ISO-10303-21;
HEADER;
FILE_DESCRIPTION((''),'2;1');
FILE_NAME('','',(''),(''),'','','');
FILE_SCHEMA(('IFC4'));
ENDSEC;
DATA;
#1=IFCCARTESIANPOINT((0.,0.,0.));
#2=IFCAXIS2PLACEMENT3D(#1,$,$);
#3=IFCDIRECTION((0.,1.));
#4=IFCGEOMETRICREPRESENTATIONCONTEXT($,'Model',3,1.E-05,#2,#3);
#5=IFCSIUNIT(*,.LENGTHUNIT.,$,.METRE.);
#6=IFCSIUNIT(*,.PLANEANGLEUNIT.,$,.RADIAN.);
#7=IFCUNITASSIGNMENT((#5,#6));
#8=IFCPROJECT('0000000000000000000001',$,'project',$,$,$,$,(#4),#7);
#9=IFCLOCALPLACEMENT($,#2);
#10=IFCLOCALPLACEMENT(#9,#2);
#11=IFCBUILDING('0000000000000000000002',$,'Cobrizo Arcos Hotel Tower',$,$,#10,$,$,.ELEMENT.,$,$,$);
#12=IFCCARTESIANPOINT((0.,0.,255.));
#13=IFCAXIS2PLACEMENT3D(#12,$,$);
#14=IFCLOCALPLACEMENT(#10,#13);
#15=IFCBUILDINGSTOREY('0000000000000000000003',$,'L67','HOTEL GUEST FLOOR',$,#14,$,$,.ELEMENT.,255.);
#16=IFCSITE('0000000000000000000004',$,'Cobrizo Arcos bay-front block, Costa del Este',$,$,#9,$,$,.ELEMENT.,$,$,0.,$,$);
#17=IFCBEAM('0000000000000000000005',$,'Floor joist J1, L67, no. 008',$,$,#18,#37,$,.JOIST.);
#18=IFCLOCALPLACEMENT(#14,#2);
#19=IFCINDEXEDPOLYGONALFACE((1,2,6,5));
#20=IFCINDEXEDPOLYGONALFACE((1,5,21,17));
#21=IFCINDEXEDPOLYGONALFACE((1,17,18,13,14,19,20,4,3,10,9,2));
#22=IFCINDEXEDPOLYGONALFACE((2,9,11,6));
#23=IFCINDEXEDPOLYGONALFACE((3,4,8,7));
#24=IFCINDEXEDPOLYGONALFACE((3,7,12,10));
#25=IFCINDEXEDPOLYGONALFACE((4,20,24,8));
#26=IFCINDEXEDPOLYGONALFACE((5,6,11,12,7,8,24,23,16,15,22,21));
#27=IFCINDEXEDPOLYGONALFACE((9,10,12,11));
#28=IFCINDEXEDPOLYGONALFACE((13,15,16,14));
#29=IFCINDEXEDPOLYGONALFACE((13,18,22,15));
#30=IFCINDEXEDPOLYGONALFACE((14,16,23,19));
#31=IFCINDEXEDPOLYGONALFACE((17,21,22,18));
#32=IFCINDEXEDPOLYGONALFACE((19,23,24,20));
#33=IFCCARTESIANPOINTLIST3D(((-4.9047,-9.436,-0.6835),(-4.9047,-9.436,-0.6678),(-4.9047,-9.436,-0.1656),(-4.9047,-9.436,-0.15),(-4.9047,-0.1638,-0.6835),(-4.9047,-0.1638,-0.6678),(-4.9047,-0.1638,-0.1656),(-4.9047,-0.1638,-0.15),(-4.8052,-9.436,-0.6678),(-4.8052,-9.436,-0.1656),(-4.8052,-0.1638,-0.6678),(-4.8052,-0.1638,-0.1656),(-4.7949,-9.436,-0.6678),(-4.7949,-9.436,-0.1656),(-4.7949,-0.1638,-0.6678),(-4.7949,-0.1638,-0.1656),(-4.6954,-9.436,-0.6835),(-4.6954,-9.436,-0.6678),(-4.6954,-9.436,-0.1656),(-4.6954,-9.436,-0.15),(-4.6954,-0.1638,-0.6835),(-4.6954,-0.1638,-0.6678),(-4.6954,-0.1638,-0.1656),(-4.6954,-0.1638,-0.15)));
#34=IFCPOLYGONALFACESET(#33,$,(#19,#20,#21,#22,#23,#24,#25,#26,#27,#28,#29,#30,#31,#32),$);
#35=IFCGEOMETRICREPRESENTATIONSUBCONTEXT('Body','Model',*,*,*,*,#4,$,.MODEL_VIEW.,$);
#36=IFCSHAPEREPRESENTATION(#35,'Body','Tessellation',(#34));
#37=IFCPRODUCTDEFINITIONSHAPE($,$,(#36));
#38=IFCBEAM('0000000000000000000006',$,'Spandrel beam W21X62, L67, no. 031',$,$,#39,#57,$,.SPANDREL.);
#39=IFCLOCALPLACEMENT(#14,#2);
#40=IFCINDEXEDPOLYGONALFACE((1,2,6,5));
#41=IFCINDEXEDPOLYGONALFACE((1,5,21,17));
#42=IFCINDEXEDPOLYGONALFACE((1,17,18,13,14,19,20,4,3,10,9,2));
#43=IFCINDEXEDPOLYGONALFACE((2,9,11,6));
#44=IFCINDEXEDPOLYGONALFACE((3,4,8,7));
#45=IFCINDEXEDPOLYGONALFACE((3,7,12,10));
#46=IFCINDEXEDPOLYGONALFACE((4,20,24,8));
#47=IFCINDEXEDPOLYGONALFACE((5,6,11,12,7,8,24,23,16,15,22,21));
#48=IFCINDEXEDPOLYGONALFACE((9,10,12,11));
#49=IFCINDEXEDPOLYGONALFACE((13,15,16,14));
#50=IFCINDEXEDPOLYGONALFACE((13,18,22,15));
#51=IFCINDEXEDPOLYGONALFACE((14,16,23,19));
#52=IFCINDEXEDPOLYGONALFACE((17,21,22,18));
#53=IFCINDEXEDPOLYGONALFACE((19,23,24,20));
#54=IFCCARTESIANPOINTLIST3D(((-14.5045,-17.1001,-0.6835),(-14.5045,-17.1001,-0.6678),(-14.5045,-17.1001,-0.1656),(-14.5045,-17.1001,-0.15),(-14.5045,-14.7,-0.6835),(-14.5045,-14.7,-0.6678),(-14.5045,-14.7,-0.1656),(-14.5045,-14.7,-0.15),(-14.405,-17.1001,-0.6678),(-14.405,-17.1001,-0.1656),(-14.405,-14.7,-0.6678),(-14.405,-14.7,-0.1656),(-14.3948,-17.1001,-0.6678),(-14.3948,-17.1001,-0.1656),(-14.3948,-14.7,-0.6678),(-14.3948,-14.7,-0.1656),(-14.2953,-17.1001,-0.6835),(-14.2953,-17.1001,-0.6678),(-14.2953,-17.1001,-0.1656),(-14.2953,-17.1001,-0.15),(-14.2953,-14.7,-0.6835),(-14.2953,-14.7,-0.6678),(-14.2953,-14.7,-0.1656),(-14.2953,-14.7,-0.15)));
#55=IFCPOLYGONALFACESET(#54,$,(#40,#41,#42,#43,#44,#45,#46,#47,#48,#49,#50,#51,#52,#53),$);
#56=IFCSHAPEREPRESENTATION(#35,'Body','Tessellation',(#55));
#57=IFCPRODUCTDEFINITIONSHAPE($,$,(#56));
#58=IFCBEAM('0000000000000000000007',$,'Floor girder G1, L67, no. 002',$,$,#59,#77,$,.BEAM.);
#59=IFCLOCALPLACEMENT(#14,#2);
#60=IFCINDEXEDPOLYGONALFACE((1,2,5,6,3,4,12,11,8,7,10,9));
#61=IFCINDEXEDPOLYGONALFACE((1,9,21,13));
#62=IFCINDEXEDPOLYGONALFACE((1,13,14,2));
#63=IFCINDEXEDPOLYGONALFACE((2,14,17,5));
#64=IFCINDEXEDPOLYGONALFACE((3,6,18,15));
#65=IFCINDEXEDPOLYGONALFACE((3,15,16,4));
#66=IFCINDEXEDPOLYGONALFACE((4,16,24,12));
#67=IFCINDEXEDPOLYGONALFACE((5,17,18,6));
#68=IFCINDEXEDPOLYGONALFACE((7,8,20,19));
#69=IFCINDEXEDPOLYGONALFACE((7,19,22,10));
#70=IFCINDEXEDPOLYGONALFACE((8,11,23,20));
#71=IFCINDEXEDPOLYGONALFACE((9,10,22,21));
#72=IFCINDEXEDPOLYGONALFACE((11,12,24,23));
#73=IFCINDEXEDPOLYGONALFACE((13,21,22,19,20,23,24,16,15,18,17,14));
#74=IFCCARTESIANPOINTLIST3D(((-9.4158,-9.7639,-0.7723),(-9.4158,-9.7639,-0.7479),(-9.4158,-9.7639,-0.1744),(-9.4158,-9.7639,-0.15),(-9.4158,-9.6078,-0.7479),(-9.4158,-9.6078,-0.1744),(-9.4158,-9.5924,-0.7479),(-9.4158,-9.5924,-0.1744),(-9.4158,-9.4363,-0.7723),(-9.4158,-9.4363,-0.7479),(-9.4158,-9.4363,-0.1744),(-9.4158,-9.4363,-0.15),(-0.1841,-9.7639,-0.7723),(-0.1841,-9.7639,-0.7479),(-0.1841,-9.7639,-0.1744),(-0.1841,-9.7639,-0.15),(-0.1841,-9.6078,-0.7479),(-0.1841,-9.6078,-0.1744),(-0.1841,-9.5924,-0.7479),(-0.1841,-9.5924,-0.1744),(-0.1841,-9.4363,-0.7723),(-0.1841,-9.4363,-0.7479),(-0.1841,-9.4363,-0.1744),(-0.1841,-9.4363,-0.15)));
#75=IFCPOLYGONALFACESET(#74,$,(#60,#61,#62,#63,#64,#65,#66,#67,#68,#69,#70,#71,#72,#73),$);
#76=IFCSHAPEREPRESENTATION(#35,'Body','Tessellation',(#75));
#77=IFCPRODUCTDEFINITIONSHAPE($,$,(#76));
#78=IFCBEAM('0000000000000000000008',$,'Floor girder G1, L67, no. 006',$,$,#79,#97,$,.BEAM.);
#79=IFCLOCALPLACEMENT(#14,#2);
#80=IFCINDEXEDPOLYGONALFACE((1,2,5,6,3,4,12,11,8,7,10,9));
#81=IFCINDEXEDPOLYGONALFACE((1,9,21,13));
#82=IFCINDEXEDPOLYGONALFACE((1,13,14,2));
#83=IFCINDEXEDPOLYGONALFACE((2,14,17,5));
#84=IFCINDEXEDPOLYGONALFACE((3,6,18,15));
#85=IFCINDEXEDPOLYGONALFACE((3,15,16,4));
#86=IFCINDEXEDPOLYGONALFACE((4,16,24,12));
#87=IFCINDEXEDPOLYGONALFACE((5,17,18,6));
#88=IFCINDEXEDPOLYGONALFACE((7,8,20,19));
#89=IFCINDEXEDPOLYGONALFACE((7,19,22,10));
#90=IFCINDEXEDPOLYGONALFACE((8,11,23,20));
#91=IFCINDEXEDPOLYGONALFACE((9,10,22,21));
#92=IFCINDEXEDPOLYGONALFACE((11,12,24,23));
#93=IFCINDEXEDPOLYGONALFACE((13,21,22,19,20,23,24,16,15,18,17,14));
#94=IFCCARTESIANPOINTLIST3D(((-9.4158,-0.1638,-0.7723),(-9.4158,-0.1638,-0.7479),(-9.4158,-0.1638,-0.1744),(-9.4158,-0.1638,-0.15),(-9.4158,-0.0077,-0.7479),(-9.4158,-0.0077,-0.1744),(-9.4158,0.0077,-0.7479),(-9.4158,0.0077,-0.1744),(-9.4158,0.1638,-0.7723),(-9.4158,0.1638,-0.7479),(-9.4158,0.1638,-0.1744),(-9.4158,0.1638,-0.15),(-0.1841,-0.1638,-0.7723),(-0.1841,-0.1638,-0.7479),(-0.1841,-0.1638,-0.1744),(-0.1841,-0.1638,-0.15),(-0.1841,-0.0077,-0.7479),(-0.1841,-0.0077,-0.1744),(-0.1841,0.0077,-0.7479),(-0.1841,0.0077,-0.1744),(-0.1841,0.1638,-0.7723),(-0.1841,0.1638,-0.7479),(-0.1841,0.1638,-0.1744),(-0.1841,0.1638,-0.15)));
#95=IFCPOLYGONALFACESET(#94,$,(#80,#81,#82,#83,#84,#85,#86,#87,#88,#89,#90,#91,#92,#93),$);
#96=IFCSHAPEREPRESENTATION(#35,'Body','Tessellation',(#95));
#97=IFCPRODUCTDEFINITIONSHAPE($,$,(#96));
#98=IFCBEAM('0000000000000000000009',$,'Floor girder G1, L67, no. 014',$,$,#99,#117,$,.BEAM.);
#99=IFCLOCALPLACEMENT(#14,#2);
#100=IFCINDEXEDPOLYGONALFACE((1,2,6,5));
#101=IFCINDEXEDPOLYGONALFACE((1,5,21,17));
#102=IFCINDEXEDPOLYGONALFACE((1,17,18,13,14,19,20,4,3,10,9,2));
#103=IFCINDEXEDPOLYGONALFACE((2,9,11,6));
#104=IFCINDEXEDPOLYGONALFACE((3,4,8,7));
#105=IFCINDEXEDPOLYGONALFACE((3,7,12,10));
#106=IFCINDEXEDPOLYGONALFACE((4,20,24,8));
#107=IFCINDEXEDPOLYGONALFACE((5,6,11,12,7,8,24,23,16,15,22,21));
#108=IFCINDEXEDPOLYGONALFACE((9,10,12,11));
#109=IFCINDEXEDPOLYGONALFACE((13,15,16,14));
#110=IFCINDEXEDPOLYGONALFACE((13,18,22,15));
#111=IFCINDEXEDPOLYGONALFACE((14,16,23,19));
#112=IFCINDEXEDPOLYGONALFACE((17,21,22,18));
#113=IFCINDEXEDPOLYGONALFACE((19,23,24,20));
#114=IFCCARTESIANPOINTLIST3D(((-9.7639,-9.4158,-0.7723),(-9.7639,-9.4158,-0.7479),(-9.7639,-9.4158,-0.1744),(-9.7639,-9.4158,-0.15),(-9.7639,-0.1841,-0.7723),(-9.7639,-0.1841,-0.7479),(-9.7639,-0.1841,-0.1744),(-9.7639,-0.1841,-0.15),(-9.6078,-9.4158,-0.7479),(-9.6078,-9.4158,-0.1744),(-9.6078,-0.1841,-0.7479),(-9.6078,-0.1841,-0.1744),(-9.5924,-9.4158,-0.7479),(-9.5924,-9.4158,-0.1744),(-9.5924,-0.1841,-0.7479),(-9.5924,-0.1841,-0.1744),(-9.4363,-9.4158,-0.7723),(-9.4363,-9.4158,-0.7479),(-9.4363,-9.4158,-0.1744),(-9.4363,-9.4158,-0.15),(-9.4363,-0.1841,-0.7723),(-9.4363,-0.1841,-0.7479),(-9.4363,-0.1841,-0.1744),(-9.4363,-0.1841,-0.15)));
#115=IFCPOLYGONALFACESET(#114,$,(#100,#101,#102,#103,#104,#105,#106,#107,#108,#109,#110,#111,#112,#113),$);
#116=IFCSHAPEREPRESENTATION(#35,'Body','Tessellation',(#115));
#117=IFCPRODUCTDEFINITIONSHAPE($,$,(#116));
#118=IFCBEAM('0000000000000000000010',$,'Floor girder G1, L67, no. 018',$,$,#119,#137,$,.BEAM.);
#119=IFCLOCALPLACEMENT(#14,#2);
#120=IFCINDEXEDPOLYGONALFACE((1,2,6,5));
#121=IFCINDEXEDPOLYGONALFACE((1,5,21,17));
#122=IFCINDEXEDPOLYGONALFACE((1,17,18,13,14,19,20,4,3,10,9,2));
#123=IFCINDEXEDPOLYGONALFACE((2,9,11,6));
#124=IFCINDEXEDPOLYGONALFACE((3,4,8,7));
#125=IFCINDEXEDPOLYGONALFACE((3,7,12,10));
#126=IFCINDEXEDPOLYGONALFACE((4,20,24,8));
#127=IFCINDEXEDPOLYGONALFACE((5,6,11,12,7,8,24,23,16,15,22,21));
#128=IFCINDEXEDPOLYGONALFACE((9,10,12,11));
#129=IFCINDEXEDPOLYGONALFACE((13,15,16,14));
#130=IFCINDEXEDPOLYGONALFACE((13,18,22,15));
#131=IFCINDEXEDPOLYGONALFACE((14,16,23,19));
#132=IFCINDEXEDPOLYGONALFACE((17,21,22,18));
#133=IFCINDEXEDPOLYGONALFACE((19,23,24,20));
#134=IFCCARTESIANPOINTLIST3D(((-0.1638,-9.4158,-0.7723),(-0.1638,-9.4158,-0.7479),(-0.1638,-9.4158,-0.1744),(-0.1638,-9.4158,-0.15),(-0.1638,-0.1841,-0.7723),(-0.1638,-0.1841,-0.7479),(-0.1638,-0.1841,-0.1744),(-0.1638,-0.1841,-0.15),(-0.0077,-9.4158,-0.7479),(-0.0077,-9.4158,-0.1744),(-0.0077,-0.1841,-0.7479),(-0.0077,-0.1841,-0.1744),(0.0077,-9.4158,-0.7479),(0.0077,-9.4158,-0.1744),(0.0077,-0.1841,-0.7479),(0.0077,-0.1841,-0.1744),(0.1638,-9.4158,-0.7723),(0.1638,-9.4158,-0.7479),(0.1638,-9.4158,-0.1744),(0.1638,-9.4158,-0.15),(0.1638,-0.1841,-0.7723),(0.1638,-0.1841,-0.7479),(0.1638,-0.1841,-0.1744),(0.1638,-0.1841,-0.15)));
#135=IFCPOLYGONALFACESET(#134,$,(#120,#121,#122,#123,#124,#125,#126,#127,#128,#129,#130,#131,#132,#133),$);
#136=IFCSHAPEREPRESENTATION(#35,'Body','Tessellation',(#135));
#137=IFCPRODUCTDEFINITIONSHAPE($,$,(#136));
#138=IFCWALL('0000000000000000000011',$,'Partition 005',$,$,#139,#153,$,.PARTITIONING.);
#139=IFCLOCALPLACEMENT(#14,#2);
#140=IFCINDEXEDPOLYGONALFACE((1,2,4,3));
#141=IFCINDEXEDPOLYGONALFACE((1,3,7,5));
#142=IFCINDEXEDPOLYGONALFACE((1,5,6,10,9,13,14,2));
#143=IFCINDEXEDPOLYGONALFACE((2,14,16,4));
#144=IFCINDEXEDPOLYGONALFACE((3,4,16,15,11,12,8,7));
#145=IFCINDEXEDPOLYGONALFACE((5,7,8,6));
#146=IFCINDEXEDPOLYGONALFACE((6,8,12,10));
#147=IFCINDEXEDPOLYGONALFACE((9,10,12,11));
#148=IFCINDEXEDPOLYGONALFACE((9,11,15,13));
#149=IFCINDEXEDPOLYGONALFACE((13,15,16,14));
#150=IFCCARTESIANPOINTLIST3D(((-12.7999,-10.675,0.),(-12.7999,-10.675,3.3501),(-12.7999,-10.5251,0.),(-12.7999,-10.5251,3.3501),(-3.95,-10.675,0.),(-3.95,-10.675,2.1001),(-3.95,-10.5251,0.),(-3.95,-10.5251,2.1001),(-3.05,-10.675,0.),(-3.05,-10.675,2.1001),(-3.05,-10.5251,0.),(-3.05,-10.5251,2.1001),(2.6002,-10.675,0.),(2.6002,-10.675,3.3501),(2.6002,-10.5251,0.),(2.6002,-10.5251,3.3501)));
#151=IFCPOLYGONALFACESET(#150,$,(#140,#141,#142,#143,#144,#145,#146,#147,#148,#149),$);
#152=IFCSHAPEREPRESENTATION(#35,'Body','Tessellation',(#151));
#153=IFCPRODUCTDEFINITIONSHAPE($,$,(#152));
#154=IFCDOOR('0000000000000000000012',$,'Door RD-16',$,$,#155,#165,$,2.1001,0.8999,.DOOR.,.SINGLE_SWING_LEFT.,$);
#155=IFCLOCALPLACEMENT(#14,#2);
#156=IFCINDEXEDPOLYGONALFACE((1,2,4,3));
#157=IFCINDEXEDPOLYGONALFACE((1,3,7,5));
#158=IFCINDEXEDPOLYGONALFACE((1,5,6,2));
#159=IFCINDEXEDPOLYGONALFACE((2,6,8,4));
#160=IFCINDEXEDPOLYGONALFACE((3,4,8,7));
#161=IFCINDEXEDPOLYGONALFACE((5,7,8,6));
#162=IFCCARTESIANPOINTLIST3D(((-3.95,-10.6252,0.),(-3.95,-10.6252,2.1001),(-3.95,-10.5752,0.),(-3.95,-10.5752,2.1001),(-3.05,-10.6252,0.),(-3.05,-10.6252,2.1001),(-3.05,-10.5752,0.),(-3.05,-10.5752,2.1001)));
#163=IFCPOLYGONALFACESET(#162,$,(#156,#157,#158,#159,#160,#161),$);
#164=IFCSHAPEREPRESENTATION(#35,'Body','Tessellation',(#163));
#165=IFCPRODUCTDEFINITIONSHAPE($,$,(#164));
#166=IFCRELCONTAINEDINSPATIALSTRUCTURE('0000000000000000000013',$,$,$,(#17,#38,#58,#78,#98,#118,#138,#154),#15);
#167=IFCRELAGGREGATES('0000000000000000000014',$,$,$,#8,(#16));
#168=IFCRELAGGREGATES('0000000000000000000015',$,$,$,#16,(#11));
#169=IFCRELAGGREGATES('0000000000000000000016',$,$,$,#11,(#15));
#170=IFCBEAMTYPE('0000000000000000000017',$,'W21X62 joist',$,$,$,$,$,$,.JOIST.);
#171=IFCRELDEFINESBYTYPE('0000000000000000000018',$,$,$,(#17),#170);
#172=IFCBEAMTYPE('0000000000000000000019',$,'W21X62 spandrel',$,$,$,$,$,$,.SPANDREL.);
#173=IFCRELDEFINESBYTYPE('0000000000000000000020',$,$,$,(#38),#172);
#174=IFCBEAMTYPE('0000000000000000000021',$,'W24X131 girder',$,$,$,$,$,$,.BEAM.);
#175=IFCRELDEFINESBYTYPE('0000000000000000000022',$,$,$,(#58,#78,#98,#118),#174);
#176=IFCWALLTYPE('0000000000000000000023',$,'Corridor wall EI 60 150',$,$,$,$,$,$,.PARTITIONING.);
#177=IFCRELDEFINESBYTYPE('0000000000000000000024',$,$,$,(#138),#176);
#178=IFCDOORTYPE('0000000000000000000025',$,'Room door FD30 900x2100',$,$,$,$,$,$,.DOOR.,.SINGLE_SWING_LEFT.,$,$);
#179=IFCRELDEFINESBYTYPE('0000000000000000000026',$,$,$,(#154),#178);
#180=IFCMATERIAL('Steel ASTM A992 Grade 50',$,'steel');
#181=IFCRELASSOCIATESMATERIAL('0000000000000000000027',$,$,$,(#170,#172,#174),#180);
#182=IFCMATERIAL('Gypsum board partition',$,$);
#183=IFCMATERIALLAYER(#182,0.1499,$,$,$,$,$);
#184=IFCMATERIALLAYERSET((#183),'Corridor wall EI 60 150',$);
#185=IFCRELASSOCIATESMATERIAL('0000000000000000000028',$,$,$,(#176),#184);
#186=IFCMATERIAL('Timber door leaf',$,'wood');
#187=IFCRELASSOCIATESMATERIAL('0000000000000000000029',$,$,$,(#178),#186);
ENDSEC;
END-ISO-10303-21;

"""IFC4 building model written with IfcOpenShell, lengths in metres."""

from ifc_helpers import new_model, si_unit, direction, frame, frame_2d, origin, origin_2d, place, context, subcontext, project, spatial, rectangle, i_section, extrude, material, layer, layer_set, material_profile, profile_set, type_object, element, fill, save


model = new_model("IFC4")

# Units and contexts
model_context = context("Model", 3, precision=1e-05, world=origin(), true_north=direction((0.0, 1.0)))
body_context = subcontext(model_context, "Body", "Model", "MODEL_VIEW")
ifc_project = project(units=[si_unit("LENGTHUNIT", "METRE"), si_unit("PLANEANGLEUNIT", "RADIAN")], contexts=[model_context])

# Site, building, storey
site_placement = place(None, origin())
site = spatial("IfcSite", under=ifc_project, at=site_placement, Name="Cobrizo Arcos bay-front block, Costa del Este", CompositionType="ELEMENT", RefElevation=0.0)
building_placement = place(site_placement, origin())
building = spatial("IfcBuilding", under=site, at=building_placement, Name="Cobrizo Arcos Hotel Tower", CompositionType="ELEMENT")
storey_placement = place(building_placement, frame((0.0, 0.0, 255.0)))
storey = spatial("IfcBuildingStorey", under=building, at=storey_placement, Name="L67", Description="HOTEL GUEST FLOOR", CompositionType="ELEMENT", Elevation=255.0)

# Shared definitions
ifc_material_1 = material(Name="Steel ASTM A992 Grade 50", Category="steel")

# Beams
ifc_material_profile_1 = material_profile(ifc_material_1, i_section(OverallWidth=0.2092, OverallDepth=0.5334, WebThickness=0.0103, FlangeThickness=0.0156, at=origin_2d()), Name="W21X62")
ifc_profile_set_1 = profile_set([ifc_material_profile_1], Name="Steel ASTM A992 Grade 50")
beam_type_1 = type_object("IfcBeamType", Name="W21X62 joist", PredefinedType="JOIST", material=ifc_profile_set_1)
for number, where, z_axis, x_axis, name in (
    (1, (-4.8, -9.436, -0.4167), (0.0, 1.0, 0.0), (-1.0, 0.0, 0.0), "Floor joist J1, L67, no. 008"),
):
    element("IfcBeam", number, at=place(storey_placement, frame(where, z_axis=z_axis, x_axis=x_axis)), inside=storey, type_object=beam_type_1, Name=name, PredefinedType="JOIST", context=body_context, shape_type="SweptSolid", body=[
        extrude(i_section(OverallWidth=0.2092, OverallDepth=0.5334, WebThickness=0.0103, FlangeThickness=0.0156, at=origin_2d()), origin(), (0.0, 0.0, 1.0), 9.2722),
    ])
ifc_material_profile_2 = material_profile(ifc_material_1, i_section(OverallWidth=0.2092, OverallDepth=0.5334, WebThickness=0.0103, FlangeThickness=0.0156, at=origin_2d()), Name="W21X62")
ifc_profile_set_2 = profile_set([ifc_material_profile_2], Name="Steel ASTM A992 Grade 50")
beam_type_2 = type_object("IfcBeamType", Name="W21X62 spandrel", PredefinedType="SPANDREL", material=ifc_profile_set_2)
beam_1_placement = place(storey_placement, frame((-14.3999, -14.7, -0.4167), z_axis=(0.0, -1.0, 0.0), x_axis=(1.0, 0.0, 0.0)))
element("IfcBeam", 2, at=beam_1_placement, inside=storey, type_object=beam_type_2, Name="Spandrel beam W21X62, L67, no. 031", PredefinedType="SPANDREL", context=body_context, shape_type="SweptSolid", body=[
    extrude(i_section(OverallWidth=0.2092, OverallDepth=0.5334, WebThickness=0.0103, FlangeThickness=0.0156, at=origin_2d()), origin(), (0.0, 0.0, 1.0), 2.4001),
])
ifc_material_profile_3 = material_profile(ifc_material_1, i_section(OverallWidth=0.3276, OverallDepth=0.6223, WebThickness=0.0154, FlangeThickness=0.0244, at=origin_2d()), Name="W24X131")
ifc_profile_set_3 = profile_set([ifc_material_profile_3], Name="Steel ASTM A992 Grade 50")
beam_type_3 = type_object("IfcBeamType", Name="W24X131 girder", PredefinedType="BEAM", material=ifc_profile_set_3)
for number, where, z_axis, x_axis, name in (
    (3, (-9.4158, -9.6001, -0.4612), (1.0, 0.0, 0.0), (0.0, 1.0, 0.0), "Floor girder G1, L67, no. 002"),
    (4, (-9.4158, 0.0, -0.4612), (1.0, 0.0, 0.0), (0.0, 1.0, 0.0), "Floor girder G1, L67, no. 006"),
    (5, (-9.6001, -9.4158, -0.4612), (0.0, 1.0, 0.0), (-1.0, 0.0, 0.0), "Floor girder G1, L67, no. 014"),
    (6, (0.0, -9.4158, -0.4612), (0.0, 1.0, 0.0), (-1.0, 0.0, 0.0), "Floor girder G1, L67, no. 018"),
):
    element("IfcBeam", number, at=place(storey_placement, frame(where, z_axis=z_axis, x_axis=x_axis)), inside=storey, type_object=beam_type_3, Name=name, PredefinedType="BEAM", context=body_context, shape_type="SweptSolid", body=[
        extrude(i_section(OverallWidth=0.3276, OverallDepth=0.6223, WebThickness=0.0154, FlangeThickness=0.0244, at=origin_2d()), origin(), (0.0, 0.0, 1.0), 9.2317),
    ])

# Wall, opening, door
ifc_material_2 = material(Name="Gypsum board partition")
ifc_layer_1 = layer(ifc_material_2, 0.1499)
ifc_layer_set_1 = layer_set([ifc_layer_1], Name="Corridor wall EI 60 150")
wall_type_1 = type_object("IfcWallType", Name="Corridor wall EI 60 150", PredefinedType="PARTITIONING", material=ifc_layer_set_1)
wall_1_placement = place(storey_placement, frame((-12.8, -10.6001, 0.0), z_axis=(0.0, 0.0, 1.0), x_axis=(1.0, 0.0, 0.0)))
wall_1 = element("IfcWall", 7, at=wall_1_placement, inside=storey, type_object=wall_type_1, Name="Partition 005", PredefinedType="PARTITIONING", context=body_context, shape_type="SweptSolid", body=[
    extrude(rectangle(XDim=15.4001, YDim=0.1499, at=frame_2d((7.7002, 0.0))), origin(), (0.0, 0.0, 1.0), 3.3501),
])
opening_1_placement = place(wall_1_placement, frame((8.8501, 0.0, 0.0)))
opening_1 = element("IfcOpeningElement", 8, at=opening_1_placement, cuts=wall_1, PredefinedType="OPENING", context=body_context, shape_type="SweptSolid", body=[
    extrude(rectangle(XDim=0.8999, YDim=2.1001, at=frame_2d((0.45, 1.05))), frame((0.0, 0.0869, 0.0), z_axis=(0.0, -1.0, 0.0), x_axis=(1.0, 0.0, 0.0)), (0.0, 0.0, 1.0), 0.1738),
])
ifc_material_3 = material(Name="Timber door leaf", Category="wood")
door_type_1 = type_object("IfcDoorType", Name="Room door FD30 900x2100", OperationType="SINGLE_SWING_LEFT", PredefinedType="DOOR", material=ifc_material_3)
door_1_placement = place(opening_1_placement, origin())
door_1 = element("IfcDoor", 9, at=door_1_placement, inside=storey, type_object=door_type_1, Name="Door RD-16", OperationType="SINGLE_SWING_LEFT", OverallHeight=2.1001, OverallWidth=0.8999, PredefinedType="DOOR", context=body_context, shape_type="SweptSolid", body=[
    extrude(rectangle(XDim=0.8999, YDim=2.1001, at=frame_2d((0.45, 1.05))), frame((0.0, 0.0249, 0.0), z_axis=(0.0, -1.0, 0.0), x_axis=(1.0, 0.0, 0.0)), (0.0, 0.0, 1.0), 0.05),
])
fill(opening_1, door_1)

save(model, "model.ifc")
